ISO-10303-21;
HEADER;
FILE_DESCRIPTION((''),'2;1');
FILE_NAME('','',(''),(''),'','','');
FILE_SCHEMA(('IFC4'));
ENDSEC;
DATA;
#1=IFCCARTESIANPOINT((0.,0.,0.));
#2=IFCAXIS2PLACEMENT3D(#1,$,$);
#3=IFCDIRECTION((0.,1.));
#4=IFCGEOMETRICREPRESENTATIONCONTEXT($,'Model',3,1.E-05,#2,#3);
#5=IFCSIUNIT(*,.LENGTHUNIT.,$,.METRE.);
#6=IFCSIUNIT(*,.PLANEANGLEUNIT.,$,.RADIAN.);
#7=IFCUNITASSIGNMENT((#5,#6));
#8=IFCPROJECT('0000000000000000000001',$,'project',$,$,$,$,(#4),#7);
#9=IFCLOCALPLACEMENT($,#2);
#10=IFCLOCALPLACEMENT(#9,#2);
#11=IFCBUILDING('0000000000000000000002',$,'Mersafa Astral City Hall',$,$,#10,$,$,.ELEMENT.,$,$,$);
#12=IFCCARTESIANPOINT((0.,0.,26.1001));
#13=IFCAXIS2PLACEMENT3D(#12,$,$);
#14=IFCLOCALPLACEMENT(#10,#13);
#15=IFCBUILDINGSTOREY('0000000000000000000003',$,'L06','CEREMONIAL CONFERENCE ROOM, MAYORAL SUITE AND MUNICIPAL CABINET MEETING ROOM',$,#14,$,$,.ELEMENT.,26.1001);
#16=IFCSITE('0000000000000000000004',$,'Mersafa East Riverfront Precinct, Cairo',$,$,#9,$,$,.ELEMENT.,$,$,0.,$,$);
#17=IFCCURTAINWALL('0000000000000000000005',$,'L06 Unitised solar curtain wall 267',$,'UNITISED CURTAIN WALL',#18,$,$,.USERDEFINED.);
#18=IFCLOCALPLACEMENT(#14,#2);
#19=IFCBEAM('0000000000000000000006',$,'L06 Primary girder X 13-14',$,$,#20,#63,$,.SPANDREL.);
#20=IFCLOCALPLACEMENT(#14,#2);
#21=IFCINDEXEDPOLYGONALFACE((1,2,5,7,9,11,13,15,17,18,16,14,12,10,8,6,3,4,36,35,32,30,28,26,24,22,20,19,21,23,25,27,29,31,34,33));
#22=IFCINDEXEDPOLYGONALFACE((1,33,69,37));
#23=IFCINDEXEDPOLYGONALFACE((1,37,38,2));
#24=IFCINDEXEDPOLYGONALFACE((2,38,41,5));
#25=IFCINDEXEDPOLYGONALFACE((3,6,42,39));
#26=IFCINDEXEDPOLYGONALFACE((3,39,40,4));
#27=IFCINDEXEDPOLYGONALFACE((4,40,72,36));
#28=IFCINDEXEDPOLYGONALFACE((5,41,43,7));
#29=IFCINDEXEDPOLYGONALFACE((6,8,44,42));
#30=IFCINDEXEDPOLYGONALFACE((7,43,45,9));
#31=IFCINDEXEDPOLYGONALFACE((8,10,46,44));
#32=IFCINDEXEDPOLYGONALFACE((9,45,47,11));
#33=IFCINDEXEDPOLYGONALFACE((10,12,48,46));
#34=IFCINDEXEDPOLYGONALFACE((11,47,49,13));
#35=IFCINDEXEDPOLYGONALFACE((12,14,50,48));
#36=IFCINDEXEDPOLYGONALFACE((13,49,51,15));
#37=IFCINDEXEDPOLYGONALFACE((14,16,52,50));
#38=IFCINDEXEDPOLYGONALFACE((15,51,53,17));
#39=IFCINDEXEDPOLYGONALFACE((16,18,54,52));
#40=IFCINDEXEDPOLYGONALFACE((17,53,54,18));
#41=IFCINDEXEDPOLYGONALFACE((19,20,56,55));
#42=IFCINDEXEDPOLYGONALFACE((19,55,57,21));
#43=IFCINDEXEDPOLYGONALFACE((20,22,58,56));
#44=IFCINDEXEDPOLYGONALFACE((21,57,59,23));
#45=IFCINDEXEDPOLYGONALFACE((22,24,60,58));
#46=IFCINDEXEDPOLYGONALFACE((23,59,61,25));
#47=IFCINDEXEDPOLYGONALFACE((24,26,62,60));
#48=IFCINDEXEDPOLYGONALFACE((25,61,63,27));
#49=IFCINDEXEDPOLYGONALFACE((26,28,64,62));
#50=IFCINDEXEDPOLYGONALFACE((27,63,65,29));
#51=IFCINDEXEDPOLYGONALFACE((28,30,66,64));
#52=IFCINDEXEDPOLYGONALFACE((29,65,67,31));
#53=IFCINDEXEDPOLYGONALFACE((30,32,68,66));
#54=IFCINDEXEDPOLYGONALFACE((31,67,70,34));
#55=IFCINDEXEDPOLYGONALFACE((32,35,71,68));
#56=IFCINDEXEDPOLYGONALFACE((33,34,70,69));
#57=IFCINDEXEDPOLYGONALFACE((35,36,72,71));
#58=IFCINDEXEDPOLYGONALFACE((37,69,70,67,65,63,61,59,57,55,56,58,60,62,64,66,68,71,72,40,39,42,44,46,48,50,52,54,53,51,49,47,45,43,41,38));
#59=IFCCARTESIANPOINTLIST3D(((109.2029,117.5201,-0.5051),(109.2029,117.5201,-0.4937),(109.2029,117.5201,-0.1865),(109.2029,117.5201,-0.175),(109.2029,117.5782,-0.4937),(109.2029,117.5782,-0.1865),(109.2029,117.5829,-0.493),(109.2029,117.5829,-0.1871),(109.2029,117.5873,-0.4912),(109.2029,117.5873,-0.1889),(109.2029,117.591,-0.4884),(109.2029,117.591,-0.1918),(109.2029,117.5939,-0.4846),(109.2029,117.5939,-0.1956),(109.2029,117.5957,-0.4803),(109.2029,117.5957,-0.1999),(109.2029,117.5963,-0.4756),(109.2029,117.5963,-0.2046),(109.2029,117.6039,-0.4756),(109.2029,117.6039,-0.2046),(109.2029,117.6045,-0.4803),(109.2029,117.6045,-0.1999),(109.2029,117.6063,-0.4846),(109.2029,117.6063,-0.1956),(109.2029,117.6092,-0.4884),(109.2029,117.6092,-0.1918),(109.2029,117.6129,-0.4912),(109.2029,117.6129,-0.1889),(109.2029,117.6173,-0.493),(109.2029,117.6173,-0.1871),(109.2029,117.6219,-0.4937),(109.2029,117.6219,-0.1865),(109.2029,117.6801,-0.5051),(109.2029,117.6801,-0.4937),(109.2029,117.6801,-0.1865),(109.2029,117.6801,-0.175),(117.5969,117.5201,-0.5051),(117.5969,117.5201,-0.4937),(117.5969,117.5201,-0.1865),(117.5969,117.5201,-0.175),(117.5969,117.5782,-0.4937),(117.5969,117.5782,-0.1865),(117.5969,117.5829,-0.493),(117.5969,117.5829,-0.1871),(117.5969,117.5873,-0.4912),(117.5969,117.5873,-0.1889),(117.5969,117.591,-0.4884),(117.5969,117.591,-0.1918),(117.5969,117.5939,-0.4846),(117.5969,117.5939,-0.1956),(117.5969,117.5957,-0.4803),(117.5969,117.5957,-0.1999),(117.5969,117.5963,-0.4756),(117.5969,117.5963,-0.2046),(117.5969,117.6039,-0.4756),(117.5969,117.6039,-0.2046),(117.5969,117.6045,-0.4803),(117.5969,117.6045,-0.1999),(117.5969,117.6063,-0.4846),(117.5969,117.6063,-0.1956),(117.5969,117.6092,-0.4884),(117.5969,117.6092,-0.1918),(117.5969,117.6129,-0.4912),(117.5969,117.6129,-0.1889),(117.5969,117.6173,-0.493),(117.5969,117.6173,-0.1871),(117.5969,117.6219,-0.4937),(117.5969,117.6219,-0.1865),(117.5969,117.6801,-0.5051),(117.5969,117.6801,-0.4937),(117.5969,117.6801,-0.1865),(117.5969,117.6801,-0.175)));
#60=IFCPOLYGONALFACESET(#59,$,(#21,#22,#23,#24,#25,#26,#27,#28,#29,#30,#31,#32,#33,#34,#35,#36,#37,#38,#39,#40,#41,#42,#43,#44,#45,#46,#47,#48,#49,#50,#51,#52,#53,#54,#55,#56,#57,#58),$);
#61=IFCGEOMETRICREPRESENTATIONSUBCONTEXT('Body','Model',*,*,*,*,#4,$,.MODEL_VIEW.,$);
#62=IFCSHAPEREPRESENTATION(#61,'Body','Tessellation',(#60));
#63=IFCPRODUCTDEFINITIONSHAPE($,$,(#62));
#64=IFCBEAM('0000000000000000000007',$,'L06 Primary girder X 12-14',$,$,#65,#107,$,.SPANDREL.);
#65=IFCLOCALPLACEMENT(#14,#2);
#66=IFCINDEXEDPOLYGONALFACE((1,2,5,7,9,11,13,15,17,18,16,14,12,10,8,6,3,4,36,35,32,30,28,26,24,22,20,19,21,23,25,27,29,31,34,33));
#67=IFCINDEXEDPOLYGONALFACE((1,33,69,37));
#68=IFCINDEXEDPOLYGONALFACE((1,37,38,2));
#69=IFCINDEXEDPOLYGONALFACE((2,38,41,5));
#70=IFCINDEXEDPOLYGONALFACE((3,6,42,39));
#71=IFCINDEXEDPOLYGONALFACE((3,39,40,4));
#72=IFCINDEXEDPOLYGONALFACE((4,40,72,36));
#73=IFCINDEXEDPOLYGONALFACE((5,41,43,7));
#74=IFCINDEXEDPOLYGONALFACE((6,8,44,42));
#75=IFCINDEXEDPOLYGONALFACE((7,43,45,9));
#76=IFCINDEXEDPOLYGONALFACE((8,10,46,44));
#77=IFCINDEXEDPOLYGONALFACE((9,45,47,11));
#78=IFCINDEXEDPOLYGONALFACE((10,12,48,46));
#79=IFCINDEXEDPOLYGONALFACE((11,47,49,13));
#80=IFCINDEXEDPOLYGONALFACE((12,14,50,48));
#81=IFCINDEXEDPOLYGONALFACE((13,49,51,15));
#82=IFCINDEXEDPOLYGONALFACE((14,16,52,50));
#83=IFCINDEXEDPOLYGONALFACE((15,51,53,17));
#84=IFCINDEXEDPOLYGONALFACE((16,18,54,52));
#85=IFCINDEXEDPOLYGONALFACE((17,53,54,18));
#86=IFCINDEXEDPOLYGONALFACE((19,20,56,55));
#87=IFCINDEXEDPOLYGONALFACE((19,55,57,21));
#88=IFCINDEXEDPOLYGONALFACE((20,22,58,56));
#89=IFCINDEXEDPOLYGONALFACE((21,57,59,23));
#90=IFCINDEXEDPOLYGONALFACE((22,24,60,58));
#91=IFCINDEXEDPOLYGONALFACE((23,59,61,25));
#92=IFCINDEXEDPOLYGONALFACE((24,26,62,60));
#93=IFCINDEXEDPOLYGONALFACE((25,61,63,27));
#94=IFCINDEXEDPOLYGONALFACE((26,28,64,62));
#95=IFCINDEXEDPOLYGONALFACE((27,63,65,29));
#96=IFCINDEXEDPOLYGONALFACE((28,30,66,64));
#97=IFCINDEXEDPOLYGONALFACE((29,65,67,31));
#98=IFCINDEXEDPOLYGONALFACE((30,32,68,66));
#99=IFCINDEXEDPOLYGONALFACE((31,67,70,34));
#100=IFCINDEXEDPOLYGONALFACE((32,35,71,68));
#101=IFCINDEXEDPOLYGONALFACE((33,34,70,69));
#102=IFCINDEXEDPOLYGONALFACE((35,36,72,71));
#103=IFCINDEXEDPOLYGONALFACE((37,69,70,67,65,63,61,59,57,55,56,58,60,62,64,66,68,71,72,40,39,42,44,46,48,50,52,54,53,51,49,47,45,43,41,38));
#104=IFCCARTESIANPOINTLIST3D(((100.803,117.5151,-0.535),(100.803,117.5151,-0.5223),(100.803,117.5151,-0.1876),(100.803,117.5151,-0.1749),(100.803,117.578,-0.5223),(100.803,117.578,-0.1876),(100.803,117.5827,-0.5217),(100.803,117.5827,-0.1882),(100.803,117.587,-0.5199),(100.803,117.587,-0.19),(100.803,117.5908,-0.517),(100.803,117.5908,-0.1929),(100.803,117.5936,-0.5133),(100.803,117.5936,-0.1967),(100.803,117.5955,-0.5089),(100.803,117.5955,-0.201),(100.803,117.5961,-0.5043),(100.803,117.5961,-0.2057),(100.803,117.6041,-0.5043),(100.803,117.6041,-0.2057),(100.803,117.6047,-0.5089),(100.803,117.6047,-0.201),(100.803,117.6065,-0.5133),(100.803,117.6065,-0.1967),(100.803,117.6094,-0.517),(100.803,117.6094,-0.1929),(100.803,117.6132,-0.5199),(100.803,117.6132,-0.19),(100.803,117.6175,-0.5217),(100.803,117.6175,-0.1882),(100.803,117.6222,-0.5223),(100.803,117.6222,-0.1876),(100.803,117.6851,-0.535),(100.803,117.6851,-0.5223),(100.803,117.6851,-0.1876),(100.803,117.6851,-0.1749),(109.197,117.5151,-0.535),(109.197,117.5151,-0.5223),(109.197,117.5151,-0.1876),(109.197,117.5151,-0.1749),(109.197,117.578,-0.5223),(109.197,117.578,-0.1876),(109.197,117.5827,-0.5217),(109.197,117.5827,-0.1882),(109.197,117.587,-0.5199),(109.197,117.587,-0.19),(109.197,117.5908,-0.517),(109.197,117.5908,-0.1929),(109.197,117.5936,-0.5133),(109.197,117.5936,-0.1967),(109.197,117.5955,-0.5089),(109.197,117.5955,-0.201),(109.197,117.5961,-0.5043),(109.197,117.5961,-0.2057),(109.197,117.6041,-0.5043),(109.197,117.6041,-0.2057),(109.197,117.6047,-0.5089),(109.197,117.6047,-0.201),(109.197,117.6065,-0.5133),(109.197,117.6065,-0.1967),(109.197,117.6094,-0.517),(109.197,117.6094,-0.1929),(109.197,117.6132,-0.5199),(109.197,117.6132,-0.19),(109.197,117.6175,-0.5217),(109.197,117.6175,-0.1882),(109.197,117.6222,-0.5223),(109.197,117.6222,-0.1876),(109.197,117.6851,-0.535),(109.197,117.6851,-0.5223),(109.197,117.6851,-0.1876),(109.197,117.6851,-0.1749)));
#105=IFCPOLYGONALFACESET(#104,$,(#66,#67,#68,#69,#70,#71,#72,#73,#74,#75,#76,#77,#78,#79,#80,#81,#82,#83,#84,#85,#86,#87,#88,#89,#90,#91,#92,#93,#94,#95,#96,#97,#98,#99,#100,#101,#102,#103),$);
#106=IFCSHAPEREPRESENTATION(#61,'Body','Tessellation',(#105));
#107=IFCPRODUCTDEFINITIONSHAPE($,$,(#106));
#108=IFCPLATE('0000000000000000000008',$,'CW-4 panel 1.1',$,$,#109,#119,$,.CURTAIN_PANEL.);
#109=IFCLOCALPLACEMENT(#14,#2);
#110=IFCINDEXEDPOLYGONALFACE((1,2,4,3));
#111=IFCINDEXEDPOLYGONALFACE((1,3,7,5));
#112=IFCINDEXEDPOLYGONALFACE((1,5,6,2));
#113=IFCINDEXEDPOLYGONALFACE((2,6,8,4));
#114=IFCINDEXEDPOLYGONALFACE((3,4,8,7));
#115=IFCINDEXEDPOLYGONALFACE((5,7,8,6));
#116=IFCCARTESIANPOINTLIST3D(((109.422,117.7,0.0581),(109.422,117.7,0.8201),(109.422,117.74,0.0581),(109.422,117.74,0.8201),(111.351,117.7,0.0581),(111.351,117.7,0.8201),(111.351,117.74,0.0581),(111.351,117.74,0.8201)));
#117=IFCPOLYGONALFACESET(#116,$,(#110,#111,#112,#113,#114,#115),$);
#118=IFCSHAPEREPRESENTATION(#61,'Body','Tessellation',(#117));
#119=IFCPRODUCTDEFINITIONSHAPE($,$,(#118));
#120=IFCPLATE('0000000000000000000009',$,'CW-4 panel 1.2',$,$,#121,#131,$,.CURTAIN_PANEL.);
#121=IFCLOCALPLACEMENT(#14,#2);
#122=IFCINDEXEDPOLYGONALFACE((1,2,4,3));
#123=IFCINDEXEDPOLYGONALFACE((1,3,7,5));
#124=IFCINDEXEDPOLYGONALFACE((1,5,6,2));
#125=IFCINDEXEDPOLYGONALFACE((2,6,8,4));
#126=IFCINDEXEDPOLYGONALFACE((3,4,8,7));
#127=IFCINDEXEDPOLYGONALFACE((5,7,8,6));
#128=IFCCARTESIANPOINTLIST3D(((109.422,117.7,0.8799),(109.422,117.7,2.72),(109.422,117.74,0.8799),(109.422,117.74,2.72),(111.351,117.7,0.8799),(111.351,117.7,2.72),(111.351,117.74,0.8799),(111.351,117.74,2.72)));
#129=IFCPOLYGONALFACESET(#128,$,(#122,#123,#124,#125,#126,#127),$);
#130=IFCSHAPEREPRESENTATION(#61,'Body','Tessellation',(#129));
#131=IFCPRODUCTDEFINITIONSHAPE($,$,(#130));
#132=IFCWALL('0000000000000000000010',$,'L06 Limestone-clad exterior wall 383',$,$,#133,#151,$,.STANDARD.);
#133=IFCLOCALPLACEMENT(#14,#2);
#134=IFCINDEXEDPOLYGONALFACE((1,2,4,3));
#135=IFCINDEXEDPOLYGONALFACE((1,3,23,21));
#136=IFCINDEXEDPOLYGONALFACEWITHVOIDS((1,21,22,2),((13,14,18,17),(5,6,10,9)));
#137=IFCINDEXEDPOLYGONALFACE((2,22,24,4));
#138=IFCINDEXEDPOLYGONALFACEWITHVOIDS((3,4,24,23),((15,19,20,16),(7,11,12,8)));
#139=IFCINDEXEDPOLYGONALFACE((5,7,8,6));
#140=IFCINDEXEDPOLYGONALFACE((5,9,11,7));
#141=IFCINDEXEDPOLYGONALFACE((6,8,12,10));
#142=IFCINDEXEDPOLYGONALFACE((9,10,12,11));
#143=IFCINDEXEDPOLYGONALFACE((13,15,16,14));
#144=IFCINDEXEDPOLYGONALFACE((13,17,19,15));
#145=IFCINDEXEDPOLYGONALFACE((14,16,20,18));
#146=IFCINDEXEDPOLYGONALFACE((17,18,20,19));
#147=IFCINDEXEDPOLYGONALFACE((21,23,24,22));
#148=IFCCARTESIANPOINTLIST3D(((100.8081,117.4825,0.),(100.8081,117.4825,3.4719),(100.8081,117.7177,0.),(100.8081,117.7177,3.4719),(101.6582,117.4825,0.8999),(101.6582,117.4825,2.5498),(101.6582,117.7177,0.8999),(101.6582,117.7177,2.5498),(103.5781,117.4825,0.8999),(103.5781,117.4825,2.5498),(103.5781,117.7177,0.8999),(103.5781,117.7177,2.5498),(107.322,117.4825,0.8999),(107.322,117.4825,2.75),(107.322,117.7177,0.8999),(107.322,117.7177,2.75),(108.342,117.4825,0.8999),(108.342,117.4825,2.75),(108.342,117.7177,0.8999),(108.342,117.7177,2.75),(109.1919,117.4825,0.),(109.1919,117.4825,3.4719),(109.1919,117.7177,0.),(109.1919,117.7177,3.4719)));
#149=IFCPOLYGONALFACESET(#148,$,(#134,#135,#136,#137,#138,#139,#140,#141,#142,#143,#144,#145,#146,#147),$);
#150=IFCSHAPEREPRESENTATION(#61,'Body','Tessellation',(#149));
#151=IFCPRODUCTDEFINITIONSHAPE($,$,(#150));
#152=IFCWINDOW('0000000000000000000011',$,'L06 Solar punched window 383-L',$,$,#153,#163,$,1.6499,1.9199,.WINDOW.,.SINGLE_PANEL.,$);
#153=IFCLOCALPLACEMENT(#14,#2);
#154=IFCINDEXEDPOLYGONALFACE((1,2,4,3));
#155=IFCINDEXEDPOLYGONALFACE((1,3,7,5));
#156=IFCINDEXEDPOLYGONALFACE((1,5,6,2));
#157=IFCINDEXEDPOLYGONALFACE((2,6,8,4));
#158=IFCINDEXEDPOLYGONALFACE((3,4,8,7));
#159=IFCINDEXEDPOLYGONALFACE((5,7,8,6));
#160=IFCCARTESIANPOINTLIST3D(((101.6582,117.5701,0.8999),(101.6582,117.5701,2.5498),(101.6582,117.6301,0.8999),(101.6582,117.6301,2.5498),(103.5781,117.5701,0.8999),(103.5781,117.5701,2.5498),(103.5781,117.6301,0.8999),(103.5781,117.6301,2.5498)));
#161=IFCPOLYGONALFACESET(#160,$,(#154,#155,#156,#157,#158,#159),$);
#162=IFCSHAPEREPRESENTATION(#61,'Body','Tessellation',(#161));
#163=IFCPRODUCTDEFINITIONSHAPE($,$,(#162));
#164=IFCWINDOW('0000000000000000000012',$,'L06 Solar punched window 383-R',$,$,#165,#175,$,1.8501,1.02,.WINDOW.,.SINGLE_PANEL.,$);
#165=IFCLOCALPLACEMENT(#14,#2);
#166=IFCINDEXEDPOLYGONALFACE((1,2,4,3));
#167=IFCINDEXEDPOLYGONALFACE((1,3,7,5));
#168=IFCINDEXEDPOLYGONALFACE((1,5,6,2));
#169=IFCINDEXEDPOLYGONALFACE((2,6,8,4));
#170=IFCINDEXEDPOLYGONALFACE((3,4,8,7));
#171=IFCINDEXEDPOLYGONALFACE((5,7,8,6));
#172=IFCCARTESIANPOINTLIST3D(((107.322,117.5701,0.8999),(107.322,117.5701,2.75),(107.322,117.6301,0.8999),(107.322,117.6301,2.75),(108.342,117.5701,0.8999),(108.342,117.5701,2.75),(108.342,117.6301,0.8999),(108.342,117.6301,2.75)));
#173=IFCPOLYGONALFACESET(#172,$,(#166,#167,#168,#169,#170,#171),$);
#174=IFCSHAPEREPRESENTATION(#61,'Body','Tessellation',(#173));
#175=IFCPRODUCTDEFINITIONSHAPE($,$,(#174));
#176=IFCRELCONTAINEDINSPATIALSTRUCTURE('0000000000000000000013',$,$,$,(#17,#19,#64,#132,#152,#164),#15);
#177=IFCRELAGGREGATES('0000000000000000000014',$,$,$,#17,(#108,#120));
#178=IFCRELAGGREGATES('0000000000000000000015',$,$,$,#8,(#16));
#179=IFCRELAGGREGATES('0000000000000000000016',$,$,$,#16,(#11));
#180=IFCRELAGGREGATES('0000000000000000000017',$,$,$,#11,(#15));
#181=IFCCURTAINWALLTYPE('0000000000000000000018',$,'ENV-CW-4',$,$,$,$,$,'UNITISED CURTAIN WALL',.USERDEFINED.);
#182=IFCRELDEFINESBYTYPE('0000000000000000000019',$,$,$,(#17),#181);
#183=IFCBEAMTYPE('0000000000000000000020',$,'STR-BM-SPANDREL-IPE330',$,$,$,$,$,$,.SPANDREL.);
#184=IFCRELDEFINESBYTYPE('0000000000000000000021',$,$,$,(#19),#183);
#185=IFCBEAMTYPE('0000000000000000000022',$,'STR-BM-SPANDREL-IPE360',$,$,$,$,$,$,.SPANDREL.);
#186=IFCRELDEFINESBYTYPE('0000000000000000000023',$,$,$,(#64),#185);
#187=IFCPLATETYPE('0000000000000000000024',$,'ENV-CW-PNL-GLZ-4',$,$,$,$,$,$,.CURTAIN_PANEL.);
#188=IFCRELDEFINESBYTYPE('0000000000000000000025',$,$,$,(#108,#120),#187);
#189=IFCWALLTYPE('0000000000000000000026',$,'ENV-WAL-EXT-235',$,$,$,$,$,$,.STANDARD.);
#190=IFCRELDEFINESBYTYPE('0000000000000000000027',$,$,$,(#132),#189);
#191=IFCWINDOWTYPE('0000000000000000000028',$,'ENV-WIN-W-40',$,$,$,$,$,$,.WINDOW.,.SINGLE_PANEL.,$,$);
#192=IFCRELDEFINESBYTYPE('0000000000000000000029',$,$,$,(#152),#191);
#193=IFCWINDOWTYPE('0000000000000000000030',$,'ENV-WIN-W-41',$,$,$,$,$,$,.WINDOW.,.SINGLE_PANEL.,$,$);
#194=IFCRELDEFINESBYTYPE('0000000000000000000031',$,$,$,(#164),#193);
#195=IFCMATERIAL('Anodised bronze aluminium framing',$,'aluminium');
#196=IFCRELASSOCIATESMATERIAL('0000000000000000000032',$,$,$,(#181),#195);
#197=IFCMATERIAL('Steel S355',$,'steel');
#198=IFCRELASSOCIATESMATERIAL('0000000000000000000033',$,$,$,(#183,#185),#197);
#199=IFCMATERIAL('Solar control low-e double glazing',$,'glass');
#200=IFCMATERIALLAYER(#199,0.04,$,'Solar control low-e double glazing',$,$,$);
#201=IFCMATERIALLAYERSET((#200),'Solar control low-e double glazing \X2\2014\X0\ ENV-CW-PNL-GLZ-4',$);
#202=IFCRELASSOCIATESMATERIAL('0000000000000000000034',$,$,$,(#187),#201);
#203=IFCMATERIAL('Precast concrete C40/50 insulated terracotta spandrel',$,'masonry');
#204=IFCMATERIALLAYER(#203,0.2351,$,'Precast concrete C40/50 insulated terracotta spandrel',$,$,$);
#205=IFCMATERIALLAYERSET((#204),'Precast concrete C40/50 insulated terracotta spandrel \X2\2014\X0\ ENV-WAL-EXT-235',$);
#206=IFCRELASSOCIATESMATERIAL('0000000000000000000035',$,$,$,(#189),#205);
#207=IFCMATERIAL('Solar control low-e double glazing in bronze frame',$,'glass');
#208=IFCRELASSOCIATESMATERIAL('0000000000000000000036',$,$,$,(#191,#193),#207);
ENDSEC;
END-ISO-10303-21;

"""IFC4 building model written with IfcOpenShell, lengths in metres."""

from ifc_helpers import new_model, si_unit, direction, frame, frame_2d, origin, origin_2d, place, context, subcontext, project, spatial, rectangle, i_section, extrude, material, layer, layer_set, material_profile, profile_set, type_object, element, fill, aggregate, save


model = new_model("IFC4")

# Units and contexts
model_context = context("Model", 3, precision=1e-05, world=origin(), true_north=direction((0.0, 1.0)))
body_context = subcontext(model_context, "Body", "Model", "MODEL_VIEW")
ifc_project = project(units=[si_unit("LENGTHUNIT", "METRE"), si_unit("PLANEANGLEUNIT", "RADIAN")], contexts=[model_context])

# Site, building, storey
site_placement = place(None, origin())
site = spatial("IfcSite", under=ifc_project, at=site_placement, Name="Mersafa East Riverfront Precinct, Cairo", CompositionType="ELEMENT", RefElevation=0.0)
building_placement = place(site_placement, origin())
building = spatial("IfcBuilding", under=site, at=building_placement, Name="Mersafa Astral City Hall", CompositionType="ELEMENT")
storey_placement = place(building_placement, frame((0.0, 0.0, 26.1001)))
storey = spatial("IfcBuildingStorey", under=building, at=storey_placement, Name="L06", Description="CEREMONIAL CONFERENCE ROOM, MAYORAL SUITE AND MUNICIPAL CABINET MEETING ROOM", CompositionType="ELEMENT", Elevation=26.1001)

# Shared definitions
ifc_material_1 = material(Name="Steel S355", Category="steel")

# Shared definitions
ifc_material_2 = material(Name="Anodised bronze aluminium framing", Category="aluminium")

# Curtain wall
curtain_wall_type_1 = type_object("IfcCurtainWallType", Name="ENV-CW-4", ElementType="UNITISED CURTAIN WALL", PredefinedType="USERDEFINED", material=ifc_material_2)
curtain_wall_1_placement = place(storey_placement, origin())
curtain_wall_1 = element("IfcCurtainWall", 1, at=curtain_wall_1_placement, inside=storey, type_object=curtain_wall_type_1, Name="L06 Unitised solar curtain wall 267", ObjectType="UNITISED CURTAIN WALL", PredefinedType="USERDEFINED")

# Beams
ifc_material_profile_1 = material_profile(ifc_material_1, i_section(OverallWidth=0.1599, OverallDepth=0.3301, WebThickness=0.0076, FlangeThickness=0.0115, FilletRadius=0.0181, at=origin_2d()), Name="IPE 330")
ifc_profile_set_1 = profile_set([ifc_material_profile_1], Name="Steel S355")
beam_type_1 = type_object("IfcBeamType", Name="STR-BM-SPANDREL-IPE330", PredefinedType="SPANDREL", material=ifc_profile_set_1)
beam_1_placement = place(storey_placement, frame((109.2029, 117.6001, -0.3401), z_axis=(1.0, 0.0, 0.0), x_axis=(0.0, 1.0, 0.0)))
element("IfcBeam", 2, at=beam_1_placement, inside=storey, type_object=beam_type_1, Name="L06 Primary girder X 13-14", PredefinedType="SPANDREL", context=body_context, shape_type="SweptSolid", body=[
    extrude(i_section(OverallWidth=0.1599, OverallDepth=0.3301, WebThickness=0.0076, FlangeThickness=0.0115, FilletRadius=0.0181, at=origin_2d()), origin(), (0.0, 0.0, 1.0), 8.394),
])
ifc_material_profile_2 = material_profile(ifc_material_1, i_section(OverallWidth=0.1699, OverallDepth=0.3601, WebThickness=0.0081, FlangeThickness=0.0127, FilletRadius=0.0181, at=origin_2d()), Name="IPE 360")
ifc_profile_set_2 = profile_set([ifc_material_profile_2], Name="Steel S355")
beam_type_2 = type_object("IfcBeamType", Name="STR-BM-SPANDREL-IPE360", PredefinedType="SPANDREL", material=ifc_profile_set_2)
beam_2_placement = place(storey_placement, frame((100.803, 117.6001, -0.355), z_axis=(1.0, 0.0, 0.0), x_axis=(0.0, 1.0, 0.0)))
element("IfcBeam", 3, at=beam_2_placement, inside=storey, type_object=beam_type_2, Name="L06 Primary girder X 12-14", PredefinedType="SPANDREL", context=body_context, shape_type="SweptSolid", body=[
    extrude(i_section(OverallWidth=0.1699, OverallDepth=0.3601, WebThickness=0.0081, FlangeThickness=0.0127, FilletRadius=0.0181, at=origin_2d()), origin(), (0.0, 0.0, 1.0), 8.394),
])

# Plates
ifc_material_3 = material(Name="Solar control low-e double glazing", Category="glass")
ifc_layer_1 = layer(ifc_material_3, 0.04, Name="Solar control low-e double glazing")
ifc_layer_set_1 = layer_set([ifc_layer_1], Name="Solar control low-e double glazing — ENV-CW-PNL-GLZ-4")
plate_type = type_object("IfcPlateType", Name="ENV-CW-PNL-GLZ-4", PredefinedType="CURTAIN_PANEL", material=ifc_layer_set_1)
plate_1_placement = place(storey_placement, frame((110.3865, 117.72, 0.0581), z_axis=(0.0, 0.0, 1.0), x_axis=(1.0, 0.0, 0.0)))
plate_1 = element("IfcPlate", 4, at=plate_1_placement, type_object=plate_type, Name="CW-4 panel 1.1", PredefinedType="CURTAIN_PANEL", context=body_context, shape_type="SweptSolid", body=[
    extrude(rectangle(XDim=1.929, YDim=0.04, at=origin_2d()), origin(), (0.0, 0.0, 1.0), 0.762),
])
plate_2_placement = place(storey_placement, frame((110.3865, 117.72, 0.8799), z_axis=(0.0, 0.0, 1.0), x_axis=(1.0, 0.0, 0.0)))
plate_2 = element("IfcPlate", 5, at=plate_2_placement, type_object=plate_type, Name="CW-4 panel 1.2", PredefinedType="CURTAIN_PANEL", context=body_context, shape_type="SweptSolid", body=[
    extrude(rectangle(XDim=1.929, YDim=0.04, at=origin_2d()), origin(), (0.0, 0.0, 1.0), 1.8401),
])
aggregate(curtain_wall_1, [plate_1, plate_2])

# Wall, openings, windows
ifc_material_4 = material(Name="Precast concrete C40/50 insulated terracotta spandrel", Category="masonry")
ifc_layer_2 = layer(ifc_material_4, 0.2351, Name="Precast concrete C40/50 insulated terracotta spandrel")
ifc_layer_set_2 = layer_set([ifc_layer_2], Name="Precast concrete C40/50 insulated terracotta spandrel — ENV-WAL-EXT-235")
wall_type = type_object("IfcWallType", Name="ENV-WAL-EXT-235", PredefinedType="STANDARD", material=ifc_layer_set_2)
wall_placement = place(storey_placement, frame((100.8081, 117.6001, 0.0), z_axis=(0.0, 0.0, 1.0), x_axis=(1.0, 0.0, 0.0)))
wall = element("IfcWall", 6, at=wall_placement, inside=storey, type_object=wall_type, Name="L06 Limestone-clad exterior wall 383", PredefinedType="STANDARD", context=body_context, shape_type="SweptSolid", body=[
    extrude(rectangle(XDim=8.3838, YDim=0.2351, at=frame_2d((4.1919, 0.0))), origin(), (0.0, 0.0, 1.0), 3.4719),
])
opening_1_placement = place(wall_placement, frame((0.8501, 0.0, 0.8999)))
opening_1 = element("IfcOpeningElement", 7, at=opening_1_placement, cuts=wall, PredefinedType="OPENING", context=body_context, shape_type="SweptSolid", body=[
    extrude(rectangle(XDim=1.9199, YDim=1.6499, at=frame_2d((0.96, 0.825))), frame((0.0, 0.1274, 0.0), z_axis=(0.0, -1.0, 0.0), x_axis=(1.0, 0.0, 0.0)), (0.0, 0.0, 1.0), 0.2551),
])
opening_2_placement = place(wall_placement, frame((6.5139, 0.0, 0.8999)))
opening_2 = element("IfcOpeningElement", 8, at=opening_2_placement, cuts=wall, PredefinedType="OPENING", context=body_context, shape_type="SweptSolid", body=[
    extrude(rectangle(XDim=1.02, YDim=1.8501, at=frame_2d((0.51, 0.925))), frame((0.0, 0.1274, 0.0), z_axis=(0.0, -1.0, 0.0), x_axis=(1.0, 0.0, 0.0)), (0.0, 0.0, 1.0), 0.2551),
])
ifc_material_5 = material(Name="Solar control low-e double glazing in bronze frame", Category="glass")
window_type_1 = type_object("IfcWindowType", Name="ENV-WIN-W-40", PartitioningType="SINGLE_PANEL", PredefinedType="WINDOW", material=ifc_material_5)
window_1_placement = place(opening_1_placement, origin())
window_1 = element("IfcWindow", 9, at=window_1_placement, inside=storey, type_object=window_type_1, Name="L06 Solar punched window 383-L", OverallHeight=1.6499, OverallWidth=1.9199, PartitioningType="SINGLE_PANEL", PredefinedType="WINDOW", context=body_context, shape_type="SweptSolid", body=[
    extrude(rectangle(XDim=1.9199, YDim=1.6499, at=frame_2d((0.96, 0.825))), frame((0.0, 0.03, 0.0), z_axis=(0.0, -1.0, 0.0), x_axis=(1.0, 0.0, 0.0)), (0.0, 0.0, 1.0), 0.0601),
])
fill(opening_1, window_1)
window_type_2 = type_object("IfcWindowType", Name="ENV-WIN-W-41", PartitioningType="SINGLE_PANEL", PredefinedType="WINDOW", material=ifc_material_5)
window_2_placement = place(opening_2_placement, origin())
window_2 = element("IfcWindow", 10, at=window_2_placement, inside=storey, type_object=window_type_2, Name="L06 Solar punched window 383-R", OverallHeight=1.8501, OverallWidth=1.02, PartitioningType="SINGLE_PANEL", PredefinedType="WINDOW", context=body_context, shape_type="SweptSolid", body=[
    extrude(rectangle(XDim=1.02, YDim=1.8501, at=frame_2d((0.51, 0.925))), frame((0.0, 0.03, 0.0), z_axis=(0.0, -1.0, 0.0), x_axis=(1.0, 0.0, 0.0)), (0.0, 0.0, 1.0), 0.0601),
])
fill(opening_2, window_2)

save(model, "model.ifc")
